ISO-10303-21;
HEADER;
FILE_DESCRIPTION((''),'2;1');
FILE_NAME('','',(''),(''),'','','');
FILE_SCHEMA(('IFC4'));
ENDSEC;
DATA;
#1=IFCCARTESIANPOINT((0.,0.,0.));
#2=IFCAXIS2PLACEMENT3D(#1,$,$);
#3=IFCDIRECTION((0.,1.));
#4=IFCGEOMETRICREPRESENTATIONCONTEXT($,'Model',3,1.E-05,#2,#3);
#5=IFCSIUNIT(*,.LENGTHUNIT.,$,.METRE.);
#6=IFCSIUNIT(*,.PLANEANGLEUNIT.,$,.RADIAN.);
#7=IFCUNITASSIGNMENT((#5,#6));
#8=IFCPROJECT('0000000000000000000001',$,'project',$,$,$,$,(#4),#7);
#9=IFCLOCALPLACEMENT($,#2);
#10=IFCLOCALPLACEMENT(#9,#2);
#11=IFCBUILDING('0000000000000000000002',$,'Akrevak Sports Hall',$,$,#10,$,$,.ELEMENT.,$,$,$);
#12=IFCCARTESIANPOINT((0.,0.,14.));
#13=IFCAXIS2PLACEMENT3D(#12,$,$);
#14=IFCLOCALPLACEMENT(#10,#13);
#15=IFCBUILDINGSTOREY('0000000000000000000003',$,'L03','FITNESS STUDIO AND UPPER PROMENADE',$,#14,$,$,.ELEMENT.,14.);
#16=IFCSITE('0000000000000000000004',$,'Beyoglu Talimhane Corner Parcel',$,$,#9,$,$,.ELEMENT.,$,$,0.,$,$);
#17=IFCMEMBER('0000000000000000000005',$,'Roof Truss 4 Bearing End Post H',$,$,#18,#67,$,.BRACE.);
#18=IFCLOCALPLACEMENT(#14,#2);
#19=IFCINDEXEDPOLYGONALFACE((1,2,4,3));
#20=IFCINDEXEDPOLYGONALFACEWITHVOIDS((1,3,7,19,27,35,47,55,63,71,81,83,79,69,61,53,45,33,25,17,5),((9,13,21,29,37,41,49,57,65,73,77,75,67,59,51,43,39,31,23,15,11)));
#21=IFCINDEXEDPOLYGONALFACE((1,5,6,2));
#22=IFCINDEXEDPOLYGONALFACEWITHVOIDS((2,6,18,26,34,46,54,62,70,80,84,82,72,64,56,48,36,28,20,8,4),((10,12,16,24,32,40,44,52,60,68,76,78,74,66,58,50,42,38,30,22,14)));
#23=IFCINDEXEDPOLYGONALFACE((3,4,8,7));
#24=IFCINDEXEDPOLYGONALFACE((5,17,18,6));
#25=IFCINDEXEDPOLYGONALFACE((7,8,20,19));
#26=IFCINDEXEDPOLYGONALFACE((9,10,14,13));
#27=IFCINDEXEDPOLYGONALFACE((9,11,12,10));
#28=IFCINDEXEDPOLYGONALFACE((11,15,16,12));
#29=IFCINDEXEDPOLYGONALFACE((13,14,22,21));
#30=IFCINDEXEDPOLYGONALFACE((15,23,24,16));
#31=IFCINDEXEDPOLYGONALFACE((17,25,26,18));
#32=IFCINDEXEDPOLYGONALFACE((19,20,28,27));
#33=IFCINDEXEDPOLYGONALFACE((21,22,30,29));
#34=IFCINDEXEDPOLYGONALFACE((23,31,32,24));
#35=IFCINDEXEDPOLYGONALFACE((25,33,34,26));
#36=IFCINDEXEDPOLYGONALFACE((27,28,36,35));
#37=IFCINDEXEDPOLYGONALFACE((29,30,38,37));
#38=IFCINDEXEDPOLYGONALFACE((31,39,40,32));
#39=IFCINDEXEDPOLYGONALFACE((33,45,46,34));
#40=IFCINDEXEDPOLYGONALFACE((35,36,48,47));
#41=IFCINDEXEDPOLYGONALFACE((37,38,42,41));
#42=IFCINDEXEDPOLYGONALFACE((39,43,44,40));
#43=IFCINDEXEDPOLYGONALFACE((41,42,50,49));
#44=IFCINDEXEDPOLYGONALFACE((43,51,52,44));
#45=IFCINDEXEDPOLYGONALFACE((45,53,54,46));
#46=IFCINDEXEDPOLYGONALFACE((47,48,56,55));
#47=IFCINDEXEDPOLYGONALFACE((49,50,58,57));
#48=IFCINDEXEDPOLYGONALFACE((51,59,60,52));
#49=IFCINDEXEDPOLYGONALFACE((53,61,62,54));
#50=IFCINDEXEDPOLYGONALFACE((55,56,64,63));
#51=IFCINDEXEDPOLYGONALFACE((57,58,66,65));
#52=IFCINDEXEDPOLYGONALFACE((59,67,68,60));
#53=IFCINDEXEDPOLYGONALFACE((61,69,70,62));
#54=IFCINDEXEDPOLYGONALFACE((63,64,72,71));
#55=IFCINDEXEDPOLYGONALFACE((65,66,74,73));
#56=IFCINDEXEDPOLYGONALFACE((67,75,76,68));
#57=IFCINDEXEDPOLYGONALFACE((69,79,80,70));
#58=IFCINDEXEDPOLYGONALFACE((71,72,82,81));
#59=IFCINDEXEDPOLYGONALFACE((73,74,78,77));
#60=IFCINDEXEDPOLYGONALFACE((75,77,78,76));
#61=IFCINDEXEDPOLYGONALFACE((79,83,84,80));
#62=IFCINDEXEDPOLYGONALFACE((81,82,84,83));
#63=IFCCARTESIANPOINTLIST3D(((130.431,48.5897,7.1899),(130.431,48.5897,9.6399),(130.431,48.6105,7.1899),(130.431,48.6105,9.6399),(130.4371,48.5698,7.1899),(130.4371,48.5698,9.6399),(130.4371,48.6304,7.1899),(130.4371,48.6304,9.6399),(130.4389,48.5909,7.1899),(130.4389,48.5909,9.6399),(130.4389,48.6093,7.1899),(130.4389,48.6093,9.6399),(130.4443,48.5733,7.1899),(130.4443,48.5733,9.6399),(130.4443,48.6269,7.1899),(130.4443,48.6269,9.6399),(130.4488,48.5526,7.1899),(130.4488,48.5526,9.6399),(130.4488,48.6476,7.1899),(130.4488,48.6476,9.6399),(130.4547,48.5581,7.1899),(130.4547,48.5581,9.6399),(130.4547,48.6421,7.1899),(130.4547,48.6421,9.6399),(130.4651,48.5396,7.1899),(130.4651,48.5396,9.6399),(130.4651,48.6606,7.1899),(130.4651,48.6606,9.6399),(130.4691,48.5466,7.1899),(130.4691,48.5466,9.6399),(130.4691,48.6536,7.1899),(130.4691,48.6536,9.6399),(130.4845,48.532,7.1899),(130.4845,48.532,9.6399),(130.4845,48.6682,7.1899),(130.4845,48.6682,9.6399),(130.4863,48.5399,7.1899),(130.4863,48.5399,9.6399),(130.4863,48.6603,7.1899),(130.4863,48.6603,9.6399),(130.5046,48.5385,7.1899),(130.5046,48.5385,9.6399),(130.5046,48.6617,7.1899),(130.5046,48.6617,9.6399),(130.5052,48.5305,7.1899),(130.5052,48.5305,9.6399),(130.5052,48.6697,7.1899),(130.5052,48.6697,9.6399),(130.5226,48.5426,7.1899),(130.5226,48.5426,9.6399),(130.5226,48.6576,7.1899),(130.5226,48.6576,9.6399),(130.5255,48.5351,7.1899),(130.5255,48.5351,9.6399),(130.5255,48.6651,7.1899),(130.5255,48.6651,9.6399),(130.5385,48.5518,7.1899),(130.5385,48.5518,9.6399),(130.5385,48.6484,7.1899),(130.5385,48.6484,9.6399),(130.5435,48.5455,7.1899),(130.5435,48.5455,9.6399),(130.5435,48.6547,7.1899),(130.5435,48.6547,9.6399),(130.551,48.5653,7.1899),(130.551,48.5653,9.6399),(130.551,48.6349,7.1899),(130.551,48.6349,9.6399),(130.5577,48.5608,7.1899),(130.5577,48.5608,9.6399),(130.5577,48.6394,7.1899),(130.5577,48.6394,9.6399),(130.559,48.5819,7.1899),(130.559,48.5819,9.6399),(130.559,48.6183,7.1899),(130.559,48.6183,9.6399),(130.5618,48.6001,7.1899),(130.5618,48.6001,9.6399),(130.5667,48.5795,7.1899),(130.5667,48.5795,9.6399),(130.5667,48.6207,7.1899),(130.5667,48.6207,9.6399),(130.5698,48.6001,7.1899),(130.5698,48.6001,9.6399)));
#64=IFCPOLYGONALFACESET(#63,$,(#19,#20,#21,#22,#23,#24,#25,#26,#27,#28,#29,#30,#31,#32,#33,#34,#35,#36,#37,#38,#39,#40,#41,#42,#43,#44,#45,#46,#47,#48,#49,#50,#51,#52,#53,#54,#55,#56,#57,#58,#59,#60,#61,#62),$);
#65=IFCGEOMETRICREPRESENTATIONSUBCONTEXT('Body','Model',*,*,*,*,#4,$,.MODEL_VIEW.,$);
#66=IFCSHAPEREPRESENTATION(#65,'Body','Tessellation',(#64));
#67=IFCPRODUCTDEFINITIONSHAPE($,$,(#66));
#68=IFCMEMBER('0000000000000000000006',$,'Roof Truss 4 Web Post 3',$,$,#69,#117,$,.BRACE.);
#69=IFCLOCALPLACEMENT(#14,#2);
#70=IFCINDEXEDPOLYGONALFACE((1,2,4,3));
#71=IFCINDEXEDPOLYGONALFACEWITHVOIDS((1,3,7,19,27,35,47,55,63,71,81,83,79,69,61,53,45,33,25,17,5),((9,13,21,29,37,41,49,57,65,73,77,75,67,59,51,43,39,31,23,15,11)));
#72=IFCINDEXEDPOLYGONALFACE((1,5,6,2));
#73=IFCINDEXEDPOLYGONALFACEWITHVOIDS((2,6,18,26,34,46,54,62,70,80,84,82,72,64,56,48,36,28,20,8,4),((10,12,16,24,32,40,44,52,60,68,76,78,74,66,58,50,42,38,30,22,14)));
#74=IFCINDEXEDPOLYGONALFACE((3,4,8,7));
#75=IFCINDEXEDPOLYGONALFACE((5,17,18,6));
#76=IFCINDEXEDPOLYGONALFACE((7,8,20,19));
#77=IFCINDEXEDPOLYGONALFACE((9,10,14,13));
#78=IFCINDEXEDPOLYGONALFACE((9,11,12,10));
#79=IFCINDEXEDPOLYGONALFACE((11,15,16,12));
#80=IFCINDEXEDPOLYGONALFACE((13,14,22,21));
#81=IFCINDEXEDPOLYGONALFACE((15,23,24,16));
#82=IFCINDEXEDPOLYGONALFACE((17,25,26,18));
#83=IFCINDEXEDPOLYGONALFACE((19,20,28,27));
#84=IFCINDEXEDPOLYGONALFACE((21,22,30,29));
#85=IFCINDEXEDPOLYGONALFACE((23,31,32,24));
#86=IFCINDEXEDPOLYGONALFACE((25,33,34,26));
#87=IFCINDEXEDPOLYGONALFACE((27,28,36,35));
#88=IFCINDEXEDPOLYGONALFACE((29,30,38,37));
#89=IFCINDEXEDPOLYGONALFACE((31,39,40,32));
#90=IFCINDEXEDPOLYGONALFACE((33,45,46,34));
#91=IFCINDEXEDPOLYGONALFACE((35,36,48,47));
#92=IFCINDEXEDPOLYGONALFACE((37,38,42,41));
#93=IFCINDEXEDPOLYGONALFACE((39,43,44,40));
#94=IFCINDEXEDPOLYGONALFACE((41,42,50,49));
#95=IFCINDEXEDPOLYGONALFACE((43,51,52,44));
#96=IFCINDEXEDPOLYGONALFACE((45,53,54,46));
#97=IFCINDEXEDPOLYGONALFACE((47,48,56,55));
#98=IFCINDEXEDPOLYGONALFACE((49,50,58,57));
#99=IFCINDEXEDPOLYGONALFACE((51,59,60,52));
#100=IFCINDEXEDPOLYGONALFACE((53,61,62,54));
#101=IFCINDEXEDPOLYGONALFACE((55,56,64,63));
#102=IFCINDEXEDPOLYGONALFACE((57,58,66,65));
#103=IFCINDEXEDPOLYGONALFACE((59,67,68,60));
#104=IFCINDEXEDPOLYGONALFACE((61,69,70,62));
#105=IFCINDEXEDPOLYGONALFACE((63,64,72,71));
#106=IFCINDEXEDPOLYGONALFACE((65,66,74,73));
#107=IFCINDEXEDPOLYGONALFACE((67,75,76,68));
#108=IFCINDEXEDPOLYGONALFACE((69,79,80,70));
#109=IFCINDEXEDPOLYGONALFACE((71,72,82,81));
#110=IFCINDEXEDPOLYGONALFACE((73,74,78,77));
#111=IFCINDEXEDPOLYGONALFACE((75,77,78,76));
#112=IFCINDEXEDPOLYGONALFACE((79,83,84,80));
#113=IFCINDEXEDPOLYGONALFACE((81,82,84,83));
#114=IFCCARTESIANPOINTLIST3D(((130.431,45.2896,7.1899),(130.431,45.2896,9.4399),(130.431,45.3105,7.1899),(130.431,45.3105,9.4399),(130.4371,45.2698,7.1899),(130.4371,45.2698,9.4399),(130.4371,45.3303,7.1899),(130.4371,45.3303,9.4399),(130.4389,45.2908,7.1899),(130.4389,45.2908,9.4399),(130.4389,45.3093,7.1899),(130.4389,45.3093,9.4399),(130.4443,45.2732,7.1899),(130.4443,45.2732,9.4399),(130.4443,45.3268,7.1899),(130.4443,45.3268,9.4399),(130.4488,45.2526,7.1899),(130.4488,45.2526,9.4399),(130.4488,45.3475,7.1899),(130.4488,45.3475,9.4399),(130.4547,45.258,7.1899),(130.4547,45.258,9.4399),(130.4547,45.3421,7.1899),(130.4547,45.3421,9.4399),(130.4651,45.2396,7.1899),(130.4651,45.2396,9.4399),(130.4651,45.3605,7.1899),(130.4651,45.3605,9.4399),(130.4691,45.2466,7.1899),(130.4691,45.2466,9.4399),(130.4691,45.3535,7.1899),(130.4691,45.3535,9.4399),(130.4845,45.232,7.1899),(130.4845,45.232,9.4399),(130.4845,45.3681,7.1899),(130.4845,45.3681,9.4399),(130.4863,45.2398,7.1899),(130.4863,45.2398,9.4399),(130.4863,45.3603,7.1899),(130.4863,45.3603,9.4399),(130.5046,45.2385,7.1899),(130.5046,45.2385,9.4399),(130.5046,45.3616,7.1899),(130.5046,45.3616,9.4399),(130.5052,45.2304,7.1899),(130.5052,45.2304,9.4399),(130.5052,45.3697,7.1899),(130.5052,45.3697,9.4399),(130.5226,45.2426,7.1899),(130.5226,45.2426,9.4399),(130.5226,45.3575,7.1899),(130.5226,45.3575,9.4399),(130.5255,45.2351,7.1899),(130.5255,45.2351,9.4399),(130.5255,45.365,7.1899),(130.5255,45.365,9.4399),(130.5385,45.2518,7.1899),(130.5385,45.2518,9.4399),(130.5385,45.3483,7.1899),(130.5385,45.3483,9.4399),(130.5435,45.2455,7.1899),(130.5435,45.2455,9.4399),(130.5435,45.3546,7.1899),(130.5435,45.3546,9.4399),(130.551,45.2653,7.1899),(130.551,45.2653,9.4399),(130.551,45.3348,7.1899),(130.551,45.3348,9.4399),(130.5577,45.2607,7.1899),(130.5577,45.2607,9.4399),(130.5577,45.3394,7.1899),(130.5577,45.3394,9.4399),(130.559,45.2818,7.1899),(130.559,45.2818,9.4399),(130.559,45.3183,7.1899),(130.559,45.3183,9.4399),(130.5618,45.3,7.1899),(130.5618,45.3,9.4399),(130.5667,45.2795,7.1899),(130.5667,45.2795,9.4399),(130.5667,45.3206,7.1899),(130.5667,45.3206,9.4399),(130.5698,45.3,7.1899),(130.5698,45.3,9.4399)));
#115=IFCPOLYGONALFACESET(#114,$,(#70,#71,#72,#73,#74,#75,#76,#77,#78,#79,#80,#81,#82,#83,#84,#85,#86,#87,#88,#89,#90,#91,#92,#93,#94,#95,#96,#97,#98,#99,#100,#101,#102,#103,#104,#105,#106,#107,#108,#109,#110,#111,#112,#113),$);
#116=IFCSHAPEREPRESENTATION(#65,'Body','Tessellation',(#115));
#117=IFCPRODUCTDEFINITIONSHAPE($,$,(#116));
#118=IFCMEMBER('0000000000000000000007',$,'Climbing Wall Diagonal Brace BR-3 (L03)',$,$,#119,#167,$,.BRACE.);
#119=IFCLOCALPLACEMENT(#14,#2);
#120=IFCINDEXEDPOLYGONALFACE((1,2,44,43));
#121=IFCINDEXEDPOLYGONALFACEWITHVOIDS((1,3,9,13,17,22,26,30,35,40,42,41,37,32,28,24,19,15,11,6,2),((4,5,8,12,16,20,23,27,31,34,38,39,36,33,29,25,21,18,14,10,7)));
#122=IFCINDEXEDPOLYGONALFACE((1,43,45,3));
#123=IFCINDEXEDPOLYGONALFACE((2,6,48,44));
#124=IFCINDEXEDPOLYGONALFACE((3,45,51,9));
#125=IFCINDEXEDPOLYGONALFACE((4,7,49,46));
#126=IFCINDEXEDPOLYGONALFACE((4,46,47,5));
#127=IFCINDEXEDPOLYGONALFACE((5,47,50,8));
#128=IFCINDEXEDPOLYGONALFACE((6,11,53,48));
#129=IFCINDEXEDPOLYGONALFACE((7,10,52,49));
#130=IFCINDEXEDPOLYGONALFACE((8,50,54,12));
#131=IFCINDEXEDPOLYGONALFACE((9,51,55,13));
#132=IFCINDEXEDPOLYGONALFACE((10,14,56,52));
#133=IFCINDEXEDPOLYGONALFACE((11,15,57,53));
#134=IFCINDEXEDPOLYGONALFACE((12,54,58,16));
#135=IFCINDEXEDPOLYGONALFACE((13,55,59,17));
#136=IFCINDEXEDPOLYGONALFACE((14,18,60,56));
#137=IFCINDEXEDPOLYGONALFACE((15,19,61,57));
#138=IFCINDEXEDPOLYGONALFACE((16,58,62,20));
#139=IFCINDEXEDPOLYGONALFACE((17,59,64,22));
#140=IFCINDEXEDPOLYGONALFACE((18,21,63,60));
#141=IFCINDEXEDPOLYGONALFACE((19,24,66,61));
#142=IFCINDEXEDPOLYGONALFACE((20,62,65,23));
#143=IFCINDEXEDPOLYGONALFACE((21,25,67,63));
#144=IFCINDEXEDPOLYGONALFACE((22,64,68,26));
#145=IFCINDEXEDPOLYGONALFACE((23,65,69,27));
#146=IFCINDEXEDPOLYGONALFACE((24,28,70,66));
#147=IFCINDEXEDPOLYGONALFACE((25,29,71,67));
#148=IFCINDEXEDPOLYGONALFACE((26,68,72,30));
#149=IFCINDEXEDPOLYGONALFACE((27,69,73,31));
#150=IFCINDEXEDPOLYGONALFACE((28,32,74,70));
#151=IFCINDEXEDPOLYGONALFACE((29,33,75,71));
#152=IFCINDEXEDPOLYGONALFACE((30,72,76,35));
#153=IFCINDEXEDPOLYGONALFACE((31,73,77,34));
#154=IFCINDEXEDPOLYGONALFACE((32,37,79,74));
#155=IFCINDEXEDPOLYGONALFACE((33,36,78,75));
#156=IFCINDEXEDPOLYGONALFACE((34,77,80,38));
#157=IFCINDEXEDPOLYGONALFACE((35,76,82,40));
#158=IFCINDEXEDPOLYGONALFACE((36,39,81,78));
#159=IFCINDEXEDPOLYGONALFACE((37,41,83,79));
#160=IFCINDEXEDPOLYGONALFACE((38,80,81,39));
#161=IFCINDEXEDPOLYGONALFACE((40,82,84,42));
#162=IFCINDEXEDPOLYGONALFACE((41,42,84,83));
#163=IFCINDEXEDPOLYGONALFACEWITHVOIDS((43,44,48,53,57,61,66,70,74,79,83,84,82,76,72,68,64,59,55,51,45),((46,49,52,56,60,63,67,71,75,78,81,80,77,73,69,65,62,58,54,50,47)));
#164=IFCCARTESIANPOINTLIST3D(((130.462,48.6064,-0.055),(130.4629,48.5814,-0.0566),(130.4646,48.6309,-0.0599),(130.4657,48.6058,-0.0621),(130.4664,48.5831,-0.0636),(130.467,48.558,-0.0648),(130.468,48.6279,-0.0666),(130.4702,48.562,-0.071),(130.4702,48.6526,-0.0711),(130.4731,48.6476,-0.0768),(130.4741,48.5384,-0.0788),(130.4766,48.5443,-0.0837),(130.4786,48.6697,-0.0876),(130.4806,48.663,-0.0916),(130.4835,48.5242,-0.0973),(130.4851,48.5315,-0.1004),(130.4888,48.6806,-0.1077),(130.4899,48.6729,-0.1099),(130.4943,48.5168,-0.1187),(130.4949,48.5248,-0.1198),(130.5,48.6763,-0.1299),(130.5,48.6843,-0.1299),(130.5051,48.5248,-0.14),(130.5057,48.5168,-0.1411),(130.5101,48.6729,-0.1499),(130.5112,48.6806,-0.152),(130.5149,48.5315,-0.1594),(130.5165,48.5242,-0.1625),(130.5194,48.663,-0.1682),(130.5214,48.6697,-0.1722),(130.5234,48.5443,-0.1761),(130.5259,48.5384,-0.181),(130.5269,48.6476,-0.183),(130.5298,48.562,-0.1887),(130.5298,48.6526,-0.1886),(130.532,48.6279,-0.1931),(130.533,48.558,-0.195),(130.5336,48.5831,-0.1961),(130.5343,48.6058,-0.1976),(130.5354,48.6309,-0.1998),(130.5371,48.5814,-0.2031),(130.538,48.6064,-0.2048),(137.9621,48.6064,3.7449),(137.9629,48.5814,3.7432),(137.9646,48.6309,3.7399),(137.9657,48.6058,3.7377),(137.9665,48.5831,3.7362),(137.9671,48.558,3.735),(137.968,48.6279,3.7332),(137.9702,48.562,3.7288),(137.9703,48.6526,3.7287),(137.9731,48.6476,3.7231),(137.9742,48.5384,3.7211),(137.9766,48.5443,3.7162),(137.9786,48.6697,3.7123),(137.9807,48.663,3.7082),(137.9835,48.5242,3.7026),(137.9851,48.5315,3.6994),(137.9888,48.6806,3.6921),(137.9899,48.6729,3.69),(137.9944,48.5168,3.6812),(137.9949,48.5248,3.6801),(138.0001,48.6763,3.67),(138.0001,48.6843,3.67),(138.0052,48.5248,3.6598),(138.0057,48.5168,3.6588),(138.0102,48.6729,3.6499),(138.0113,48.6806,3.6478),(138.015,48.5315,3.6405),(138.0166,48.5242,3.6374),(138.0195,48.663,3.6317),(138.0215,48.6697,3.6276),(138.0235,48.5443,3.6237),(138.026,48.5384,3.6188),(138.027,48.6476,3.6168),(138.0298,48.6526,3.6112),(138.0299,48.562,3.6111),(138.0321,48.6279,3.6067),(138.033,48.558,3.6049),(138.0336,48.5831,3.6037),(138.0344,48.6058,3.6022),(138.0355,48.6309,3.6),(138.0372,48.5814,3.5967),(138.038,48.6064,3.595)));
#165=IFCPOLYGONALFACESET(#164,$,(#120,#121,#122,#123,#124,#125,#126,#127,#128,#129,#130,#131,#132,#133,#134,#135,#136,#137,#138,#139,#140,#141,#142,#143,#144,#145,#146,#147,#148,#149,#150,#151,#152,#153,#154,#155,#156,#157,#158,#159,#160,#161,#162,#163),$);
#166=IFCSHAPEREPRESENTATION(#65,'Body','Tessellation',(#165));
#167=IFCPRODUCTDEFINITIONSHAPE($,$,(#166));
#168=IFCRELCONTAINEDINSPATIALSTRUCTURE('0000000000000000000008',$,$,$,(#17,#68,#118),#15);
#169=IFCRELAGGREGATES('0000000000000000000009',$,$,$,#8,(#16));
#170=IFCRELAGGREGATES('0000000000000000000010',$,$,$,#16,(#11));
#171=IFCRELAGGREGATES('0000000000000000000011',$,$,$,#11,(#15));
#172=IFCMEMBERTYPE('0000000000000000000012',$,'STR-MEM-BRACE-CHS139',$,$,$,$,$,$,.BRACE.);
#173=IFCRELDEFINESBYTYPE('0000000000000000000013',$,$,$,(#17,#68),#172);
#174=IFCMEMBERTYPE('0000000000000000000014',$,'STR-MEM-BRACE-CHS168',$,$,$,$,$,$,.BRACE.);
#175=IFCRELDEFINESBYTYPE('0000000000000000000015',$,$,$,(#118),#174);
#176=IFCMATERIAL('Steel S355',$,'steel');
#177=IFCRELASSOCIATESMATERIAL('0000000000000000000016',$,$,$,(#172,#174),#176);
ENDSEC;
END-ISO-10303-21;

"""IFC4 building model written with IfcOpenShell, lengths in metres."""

from ifc_helpers import new_model, si_unit, direction, frame, origin, origin_2d, place, context, subcontext, project, spatial, hollow_circle, extrude, material, material_profile, profile_set, type_object, element, save


model = new_model("IFC4")

# Units and contexts
model_context = context("Model", 3, precision=1e-05, world=origin(), true_north=direction((0.0, 1.0)))
body_context = subcontext(model_context, "Body", "Model", "MODEL_VIEW")
ifc_project = project(units=[si_unit("LENGTHUNIT", "METRE"), si_unit("PLANEANGLEUNIT", "RADIAN")], contexts=[model_context])

# Site, building, storey
site_placement = place(None, origin())
site = spatial("IfcSite", under=ifc_project, at=site_placement, Name="Beyoglu Talimhane Corner Parcel", CompositionType="ELEMENT", RefElevation=0.0)
building_placement = place(site_placement, origin())
building = spatial("IfcBuilding", under=site, at=building_placement, Name="Akrevak Sports Hall", CompositionType="ELEMENT")
storey_placement = place(building_placement, frame((0.0, 0.0, 14.0)))
storey = spatial("IfcBuildingStorey", under=building, at=storey_placement, Name="L03", Description="FITNESS STUDIO AND UPPER PROMENADE", CompositionType="ELEMENT", Elevation=14.0)

# Shared definitions
ifc_material_1 = material(Name="Steel S355", Category="steel")

# Members
ifc_material_profile_1 = material_profile(ifc_material_1, hollow_circle(Radius=0.0698, WallThickness=0.0081, at=origin_2d()), Name="CHS 139.7x8", Category="steel")
ifc_profile_set_1 = profile_set([ifc_material_profile_1], Name="Steel S355")
member_type_1 = type_object("IfcMemberType", Name="STR-MEM-BRACE-CHS139", PredefinedType="BRACE", material=ifc_profile_set_1)
member_1_placement = place(storey_placement, frame((130.5, 48.6001, 7.1899), z_axis=(0.0, 0.0, 1.0), x_axis=(1.0, 0.0, 0.0)))
element("IfcMember", 1, at=member_1_placement, inside=storey, type_object=member_type_1, Name="Roof Truss 4 Bearing End Post H", PredefinedType="BRACE", context=body_context, shape_type="SweptSolid", body=[
    extrude(hollow_circle(Radius=0.0698, WallThickness=0.0081, at=origin_2d()), origin(), (0.0, 0.0, 1.0), 2.45),
])
member_2_placement = place(storey_placement, frame((130.5, 45.3, 7.1899), z_axis=(0.0, 0.0, 1.0), x_axis=(1.0, 0.0, 0.0)))
element("IfcMember", 2, at=member_2_placement, inside=storey, type_object=member_type_1, Name="Roof Truss 4 Web Post 3", PredefinedType="BRACE", context=body_context, shape_type="SweptSolid", body=[
    extrude(hollow_circle(Radius=0.0698, WallThickness=0.0081, at=origin_2d()), origin(), (0.0, 0.0, 1.0), 2.25),
])
ifc_material_profile_2 = material_profile(ifc_material_1, hollow_circle(Radius=0.0842, WallThickness=0.0081, at=origin_2d()), Name="CHS 168.3x8", Category="steel")
ifc_profile_set_2 = profile_set([ifc_material_profile_2], Name="Steel S355")
member_type_2 = type_object("IfcMemberType", Name="STR-MEM-BRACE-CHS168", PredefinedType="BRACE", material=ifc_profile_set_2)
member_3_placement = place(storey_placement, frame((130.5, 48.6001, -0.1299), z_axis=(0.892045, 0.0, 0.451946), x_axis=(0.0, 1.0, 0.0)))
element("IfcMember", 3, at=member_3_placement, inside=storey, type_object=member_type_2, Name="Climbing Wall Diagonal Brace BR-3 (L03)", PredefinedType="BRACE", context=body_context, shape_type="SweptSolid", body=[
    extrude(hollow_circle(Radius=0.0842, WallThickness=0.0081, at=origin_2d()), origin(), (0.0, 0.0, 1.0), 8.4077),
])

save(model, "model.ifc")
